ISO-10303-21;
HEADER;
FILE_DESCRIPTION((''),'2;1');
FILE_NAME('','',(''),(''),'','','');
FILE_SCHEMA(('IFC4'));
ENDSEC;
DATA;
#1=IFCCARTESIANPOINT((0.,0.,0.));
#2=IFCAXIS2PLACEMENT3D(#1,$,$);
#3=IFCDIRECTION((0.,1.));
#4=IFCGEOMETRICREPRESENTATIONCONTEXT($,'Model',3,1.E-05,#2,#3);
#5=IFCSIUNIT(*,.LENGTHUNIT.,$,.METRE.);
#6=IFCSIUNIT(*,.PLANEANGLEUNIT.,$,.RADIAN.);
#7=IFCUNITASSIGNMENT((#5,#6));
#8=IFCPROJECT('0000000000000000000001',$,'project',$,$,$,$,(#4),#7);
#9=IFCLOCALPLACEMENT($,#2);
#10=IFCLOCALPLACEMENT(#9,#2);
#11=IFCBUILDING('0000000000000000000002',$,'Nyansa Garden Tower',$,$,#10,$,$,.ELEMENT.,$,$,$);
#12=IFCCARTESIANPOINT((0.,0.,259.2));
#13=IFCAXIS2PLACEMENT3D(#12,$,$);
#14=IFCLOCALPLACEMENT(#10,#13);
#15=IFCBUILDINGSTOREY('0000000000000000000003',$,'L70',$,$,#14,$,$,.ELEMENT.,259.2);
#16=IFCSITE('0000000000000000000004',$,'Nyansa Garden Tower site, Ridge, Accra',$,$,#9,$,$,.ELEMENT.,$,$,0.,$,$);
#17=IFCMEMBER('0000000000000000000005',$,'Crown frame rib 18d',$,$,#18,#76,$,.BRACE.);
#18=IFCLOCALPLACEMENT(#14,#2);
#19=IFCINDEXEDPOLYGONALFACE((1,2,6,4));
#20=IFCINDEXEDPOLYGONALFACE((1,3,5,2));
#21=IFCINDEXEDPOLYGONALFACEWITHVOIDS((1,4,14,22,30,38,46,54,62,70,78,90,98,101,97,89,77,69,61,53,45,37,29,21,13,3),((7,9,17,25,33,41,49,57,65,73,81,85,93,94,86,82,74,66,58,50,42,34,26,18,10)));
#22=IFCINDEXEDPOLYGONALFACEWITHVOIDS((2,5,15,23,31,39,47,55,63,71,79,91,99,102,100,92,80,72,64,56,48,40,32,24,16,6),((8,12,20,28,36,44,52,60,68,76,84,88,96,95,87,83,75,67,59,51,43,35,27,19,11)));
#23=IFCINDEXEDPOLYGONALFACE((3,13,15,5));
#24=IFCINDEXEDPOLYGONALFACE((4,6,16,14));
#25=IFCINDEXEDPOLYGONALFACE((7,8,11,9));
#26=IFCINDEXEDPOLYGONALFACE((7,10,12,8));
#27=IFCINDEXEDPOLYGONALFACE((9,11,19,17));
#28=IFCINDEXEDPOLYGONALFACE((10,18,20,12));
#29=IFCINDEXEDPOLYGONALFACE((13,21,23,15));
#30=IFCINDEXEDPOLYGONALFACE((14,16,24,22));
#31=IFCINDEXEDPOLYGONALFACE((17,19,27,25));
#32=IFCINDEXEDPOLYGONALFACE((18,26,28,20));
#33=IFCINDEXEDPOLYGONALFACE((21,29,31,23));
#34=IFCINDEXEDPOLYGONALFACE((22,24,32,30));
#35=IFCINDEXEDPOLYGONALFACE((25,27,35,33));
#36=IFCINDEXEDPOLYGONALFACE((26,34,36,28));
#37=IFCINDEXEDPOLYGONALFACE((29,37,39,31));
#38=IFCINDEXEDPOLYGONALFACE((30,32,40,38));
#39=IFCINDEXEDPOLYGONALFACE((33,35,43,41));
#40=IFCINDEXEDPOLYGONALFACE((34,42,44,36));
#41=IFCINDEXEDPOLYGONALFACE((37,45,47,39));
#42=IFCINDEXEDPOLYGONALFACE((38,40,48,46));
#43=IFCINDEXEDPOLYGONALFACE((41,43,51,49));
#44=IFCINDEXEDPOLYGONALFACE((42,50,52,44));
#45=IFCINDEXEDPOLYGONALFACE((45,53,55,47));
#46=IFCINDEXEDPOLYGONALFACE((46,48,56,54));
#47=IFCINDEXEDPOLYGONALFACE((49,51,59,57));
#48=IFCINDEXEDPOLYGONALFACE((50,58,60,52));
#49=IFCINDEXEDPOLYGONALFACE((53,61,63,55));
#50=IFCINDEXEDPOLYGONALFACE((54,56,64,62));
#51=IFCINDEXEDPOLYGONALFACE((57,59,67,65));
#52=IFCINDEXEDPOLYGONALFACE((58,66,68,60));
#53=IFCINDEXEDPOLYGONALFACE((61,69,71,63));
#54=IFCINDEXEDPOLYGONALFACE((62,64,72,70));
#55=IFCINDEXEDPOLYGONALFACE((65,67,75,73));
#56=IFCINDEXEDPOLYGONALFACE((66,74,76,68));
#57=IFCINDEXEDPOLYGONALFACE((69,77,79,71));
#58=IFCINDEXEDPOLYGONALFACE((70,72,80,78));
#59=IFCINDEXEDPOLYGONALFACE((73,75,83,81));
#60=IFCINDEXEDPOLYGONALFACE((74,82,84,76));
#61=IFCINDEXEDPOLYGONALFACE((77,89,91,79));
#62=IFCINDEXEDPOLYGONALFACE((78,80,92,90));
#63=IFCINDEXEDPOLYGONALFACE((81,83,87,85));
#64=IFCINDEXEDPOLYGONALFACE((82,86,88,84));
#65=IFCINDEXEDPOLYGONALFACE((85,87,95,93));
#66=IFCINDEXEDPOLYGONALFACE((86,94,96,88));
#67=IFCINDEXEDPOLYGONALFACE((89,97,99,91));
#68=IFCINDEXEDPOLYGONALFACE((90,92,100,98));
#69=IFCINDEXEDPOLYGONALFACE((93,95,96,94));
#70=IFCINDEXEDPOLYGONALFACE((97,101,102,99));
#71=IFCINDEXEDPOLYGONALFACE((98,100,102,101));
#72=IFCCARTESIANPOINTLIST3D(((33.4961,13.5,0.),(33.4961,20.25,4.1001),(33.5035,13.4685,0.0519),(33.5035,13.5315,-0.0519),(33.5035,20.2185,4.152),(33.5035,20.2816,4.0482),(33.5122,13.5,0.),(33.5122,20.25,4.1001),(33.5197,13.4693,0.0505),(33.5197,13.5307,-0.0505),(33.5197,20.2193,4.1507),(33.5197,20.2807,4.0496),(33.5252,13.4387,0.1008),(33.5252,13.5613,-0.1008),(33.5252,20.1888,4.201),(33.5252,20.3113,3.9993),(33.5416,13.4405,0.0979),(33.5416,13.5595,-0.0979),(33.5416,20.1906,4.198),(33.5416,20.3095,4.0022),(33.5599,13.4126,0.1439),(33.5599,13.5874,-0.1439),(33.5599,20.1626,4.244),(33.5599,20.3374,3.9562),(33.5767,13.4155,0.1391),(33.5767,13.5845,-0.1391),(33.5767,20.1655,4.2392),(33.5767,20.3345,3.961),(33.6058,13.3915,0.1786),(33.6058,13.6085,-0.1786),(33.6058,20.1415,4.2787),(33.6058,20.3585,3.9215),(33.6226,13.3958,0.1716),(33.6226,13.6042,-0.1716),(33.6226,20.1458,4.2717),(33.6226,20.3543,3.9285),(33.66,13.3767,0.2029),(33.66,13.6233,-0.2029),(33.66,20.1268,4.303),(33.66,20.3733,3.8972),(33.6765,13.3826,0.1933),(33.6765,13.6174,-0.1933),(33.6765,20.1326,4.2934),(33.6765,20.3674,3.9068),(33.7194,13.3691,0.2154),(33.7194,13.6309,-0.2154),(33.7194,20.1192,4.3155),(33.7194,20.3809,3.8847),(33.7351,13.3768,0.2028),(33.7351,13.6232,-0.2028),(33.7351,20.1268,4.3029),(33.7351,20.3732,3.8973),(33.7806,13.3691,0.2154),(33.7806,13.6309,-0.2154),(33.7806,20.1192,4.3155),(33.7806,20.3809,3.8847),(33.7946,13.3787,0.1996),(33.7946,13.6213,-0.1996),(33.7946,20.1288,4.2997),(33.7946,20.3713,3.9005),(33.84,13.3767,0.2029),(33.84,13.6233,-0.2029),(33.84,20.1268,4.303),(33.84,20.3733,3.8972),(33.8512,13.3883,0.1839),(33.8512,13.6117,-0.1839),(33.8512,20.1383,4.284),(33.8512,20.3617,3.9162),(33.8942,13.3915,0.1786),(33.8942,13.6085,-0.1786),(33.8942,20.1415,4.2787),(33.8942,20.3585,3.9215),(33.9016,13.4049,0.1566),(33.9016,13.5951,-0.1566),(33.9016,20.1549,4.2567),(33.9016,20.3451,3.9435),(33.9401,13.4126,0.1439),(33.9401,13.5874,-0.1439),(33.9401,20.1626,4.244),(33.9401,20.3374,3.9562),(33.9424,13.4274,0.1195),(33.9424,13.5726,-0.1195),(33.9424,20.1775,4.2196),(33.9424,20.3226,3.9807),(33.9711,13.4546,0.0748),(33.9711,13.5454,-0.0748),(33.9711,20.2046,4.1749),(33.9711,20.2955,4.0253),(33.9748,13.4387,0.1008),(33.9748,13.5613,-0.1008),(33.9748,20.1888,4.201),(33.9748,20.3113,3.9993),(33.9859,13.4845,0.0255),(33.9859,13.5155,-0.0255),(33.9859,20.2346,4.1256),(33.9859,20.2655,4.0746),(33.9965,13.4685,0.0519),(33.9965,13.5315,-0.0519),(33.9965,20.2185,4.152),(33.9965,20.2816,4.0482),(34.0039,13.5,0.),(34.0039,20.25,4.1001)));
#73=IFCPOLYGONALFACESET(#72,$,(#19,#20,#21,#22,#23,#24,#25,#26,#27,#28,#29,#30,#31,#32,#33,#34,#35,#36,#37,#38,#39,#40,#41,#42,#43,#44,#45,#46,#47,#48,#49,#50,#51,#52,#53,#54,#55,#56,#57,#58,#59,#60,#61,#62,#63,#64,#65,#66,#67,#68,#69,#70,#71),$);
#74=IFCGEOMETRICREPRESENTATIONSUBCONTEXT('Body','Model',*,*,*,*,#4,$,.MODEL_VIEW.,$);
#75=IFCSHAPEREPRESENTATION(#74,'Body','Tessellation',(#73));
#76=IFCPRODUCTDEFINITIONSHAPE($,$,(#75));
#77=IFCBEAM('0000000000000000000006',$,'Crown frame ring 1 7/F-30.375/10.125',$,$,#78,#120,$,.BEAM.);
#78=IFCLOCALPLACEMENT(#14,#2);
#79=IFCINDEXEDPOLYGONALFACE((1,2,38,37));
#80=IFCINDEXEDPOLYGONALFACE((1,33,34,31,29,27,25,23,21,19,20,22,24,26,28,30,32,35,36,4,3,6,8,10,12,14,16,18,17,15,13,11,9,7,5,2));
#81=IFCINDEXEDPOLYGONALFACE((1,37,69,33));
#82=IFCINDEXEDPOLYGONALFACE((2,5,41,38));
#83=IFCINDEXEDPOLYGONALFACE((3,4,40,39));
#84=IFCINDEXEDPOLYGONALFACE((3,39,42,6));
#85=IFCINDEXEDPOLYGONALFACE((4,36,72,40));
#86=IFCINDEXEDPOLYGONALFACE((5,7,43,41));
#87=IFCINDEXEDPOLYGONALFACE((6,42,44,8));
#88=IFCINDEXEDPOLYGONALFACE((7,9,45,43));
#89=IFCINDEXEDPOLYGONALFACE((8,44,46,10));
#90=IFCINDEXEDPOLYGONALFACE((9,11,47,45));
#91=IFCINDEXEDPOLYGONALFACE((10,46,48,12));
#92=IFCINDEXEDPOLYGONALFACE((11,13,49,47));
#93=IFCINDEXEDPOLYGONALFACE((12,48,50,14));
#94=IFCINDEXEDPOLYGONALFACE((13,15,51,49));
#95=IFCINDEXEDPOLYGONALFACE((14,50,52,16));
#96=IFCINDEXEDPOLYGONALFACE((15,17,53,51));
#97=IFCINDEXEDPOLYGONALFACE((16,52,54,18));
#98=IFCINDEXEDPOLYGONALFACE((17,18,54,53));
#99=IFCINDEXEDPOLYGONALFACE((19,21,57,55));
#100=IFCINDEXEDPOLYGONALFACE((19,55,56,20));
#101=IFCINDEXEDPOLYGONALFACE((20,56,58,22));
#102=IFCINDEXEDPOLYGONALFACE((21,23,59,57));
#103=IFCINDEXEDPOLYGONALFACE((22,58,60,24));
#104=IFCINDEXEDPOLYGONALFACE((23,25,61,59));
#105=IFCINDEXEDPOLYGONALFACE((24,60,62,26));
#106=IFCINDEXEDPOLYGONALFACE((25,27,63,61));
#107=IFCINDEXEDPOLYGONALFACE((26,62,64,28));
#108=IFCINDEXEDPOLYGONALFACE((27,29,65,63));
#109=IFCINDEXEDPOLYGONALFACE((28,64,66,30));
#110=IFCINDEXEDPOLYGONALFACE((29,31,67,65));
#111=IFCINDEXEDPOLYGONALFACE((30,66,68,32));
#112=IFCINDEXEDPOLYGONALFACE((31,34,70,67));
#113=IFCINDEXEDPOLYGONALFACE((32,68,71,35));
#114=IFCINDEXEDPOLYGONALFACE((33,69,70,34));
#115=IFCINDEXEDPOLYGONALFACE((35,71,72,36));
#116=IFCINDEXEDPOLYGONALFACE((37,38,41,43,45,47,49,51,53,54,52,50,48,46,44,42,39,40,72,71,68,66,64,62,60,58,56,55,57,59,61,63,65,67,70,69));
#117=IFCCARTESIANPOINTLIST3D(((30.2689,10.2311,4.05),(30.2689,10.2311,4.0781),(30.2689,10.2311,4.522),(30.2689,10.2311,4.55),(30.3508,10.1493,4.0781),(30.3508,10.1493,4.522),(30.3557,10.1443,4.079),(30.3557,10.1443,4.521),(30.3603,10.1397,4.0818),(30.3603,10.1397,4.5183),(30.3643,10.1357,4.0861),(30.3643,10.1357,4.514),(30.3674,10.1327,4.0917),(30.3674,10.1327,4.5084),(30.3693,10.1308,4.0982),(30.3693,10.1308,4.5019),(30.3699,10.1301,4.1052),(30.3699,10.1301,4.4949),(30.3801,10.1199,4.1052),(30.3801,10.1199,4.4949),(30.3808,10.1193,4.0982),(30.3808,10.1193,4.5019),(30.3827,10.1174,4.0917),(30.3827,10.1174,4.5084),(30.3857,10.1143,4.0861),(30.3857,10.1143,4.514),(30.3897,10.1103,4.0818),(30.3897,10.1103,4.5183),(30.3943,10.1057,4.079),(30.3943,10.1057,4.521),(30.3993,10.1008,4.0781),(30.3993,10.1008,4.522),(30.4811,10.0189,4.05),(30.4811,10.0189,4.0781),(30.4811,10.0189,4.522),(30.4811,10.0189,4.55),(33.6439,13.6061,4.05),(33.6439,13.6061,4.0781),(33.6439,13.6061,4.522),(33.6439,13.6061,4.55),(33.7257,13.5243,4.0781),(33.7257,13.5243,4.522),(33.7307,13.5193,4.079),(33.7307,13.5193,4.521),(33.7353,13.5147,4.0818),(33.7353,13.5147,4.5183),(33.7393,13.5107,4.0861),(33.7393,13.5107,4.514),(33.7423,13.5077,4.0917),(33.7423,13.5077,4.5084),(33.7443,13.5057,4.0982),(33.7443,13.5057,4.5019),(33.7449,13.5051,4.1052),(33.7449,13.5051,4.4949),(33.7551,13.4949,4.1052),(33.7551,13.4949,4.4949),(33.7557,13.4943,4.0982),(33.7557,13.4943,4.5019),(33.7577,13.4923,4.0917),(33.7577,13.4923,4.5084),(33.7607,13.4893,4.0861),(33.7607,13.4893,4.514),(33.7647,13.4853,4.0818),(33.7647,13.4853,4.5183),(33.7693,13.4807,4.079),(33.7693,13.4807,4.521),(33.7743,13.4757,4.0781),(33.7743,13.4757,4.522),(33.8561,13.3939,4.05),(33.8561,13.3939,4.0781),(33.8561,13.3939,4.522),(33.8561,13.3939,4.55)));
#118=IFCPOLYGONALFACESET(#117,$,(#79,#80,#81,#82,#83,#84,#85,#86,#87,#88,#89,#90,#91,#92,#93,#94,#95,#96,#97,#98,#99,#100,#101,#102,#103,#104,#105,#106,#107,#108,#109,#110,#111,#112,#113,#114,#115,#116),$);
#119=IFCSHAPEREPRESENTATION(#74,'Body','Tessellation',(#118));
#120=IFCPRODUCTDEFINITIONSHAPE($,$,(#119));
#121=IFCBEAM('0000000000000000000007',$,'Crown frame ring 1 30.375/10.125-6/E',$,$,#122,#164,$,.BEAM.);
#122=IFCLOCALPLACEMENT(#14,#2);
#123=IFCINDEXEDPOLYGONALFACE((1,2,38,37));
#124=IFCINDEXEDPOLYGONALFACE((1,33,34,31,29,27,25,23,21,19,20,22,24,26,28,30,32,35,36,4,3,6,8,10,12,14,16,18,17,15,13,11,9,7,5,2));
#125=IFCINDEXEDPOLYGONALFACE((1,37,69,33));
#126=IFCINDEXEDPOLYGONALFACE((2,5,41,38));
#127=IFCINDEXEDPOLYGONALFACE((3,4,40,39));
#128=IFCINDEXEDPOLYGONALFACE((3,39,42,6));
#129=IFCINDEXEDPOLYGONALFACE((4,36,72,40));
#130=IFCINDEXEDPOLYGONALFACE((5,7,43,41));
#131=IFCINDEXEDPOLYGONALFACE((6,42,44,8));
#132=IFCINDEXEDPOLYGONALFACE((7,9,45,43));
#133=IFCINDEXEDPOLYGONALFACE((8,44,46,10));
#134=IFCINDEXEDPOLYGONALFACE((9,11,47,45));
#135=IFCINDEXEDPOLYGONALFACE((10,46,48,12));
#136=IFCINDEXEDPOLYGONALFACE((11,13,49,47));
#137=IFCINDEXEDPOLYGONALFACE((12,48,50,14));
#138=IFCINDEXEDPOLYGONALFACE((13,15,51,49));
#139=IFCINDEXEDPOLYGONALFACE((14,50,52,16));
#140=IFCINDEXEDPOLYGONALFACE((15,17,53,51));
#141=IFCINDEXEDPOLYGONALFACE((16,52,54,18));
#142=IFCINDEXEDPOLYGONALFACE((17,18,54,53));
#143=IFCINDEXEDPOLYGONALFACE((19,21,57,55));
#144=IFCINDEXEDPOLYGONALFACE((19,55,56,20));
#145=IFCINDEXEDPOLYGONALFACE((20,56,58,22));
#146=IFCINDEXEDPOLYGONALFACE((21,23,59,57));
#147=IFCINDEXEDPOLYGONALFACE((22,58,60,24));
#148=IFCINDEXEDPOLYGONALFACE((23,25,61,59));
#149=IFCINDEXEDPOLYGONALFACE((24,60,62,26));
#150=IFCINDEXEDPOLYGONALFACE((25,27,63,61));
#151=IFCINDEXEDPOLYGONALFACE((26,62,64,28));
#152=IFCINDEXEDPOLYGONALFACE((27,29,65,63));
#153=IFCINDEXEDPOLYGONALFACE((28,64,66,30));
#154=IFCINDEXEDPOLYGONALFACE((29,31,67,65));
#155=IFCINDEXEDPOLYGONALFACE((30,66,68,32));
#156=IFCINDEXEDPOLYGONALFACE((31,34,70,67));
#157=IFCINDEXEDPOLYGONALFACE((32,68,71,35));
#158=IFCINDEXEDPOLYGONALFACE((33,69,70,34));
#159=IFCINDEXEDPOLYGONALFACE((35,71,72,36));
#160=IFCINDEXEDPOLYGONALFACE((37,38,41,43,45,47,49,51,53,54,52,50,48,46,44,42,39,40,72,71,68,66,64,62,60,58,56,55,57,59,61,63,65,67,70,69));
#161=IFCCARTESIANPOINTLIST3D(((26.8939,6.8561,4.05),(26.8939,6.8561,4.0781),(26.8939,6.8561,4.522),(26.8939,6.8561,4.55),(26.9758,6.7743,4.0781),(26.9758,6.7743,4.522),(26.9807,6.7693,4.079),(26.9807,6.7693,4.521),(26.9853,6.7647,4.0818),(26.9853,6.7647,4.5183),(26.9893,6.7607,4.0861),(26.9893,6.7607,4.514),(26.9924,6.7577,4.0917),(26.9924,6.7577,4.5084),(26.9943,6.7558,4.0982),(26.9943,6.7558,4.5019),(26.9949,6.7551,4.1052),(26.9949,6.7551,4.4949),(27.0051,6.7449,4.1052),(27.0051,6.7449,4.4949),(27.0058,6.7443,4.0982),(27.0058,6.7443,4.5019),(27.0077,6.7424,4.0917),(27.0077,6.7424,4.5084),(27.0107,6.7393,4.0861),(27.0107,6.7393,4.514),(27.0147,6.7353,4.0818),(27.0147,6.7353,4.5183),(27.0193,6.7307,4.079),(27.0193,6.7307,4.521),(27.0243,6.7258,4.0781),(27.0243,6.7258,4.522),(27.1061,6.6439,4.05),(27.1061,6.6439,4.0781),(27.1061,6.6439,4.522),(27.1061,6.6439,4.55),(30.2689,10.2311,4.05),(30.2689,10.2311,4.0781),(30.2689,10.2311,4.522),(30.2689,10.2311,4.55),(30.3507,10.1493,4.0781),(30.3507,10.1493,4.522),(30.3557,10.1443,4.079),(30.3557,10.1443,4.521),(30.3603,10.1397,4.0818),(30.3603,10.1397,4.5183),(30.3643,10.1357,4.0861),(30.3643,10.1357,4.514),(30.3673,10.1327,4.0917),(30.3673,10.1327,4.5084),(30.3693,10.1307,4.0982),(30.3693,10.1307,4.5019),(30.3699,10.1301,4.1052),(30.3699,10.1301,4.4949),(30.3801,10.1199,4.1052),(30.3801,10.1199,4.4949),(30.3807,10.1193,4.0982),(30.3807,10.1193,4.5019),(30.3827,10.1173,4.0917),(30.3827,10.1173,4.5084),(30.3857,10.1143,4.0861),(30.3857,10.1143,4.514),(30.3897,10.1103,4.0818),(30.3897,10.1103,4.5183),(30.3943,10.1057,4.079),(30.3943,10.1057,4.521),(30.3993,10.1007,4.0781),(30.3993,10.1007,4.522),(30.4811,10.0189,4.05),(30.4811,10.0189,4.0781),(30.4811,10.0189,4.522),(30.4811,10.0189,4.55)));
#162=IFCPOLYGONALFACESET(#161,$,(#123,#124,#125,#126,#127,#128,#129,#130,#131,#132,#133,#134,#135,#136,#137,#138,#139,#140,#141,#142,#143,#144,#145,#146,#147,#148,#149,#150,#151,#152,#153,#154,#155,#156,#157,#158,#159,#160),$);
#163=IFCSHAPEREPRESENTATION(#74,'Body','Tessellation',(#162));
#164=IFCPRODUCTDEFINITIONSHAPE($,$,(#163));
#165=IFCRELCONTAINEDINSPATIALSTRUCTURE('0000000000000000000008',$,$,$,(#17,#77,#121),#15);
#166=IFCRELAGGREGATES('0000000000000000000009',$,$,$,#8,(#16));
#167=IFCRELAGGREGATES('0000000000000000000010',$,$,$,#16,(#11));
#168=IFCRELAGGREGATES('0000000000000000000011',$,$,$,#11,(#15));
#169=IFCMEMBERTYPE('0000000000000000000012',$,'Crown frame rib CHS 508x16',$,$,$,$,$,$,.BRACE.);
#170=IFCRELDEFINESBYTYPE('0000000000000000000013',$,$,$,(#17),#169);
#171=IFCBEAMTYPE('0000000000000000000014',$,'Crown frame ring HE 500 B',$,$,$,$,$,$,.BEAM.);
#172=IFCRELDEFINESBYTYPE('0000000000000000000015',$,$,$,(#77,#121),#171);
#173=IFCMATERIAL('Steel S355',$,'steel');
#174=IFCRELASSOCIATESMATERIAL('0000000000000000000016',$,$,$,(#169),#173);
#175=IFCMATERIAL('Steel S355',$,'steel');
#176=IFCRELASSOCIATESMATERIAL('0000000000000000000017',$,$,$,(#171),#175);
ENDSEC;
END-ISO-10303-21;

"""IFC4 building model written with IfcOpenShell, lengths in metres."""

from ifc_helpers import new_model, si_unit, direction, frame, origin, origin_2d, place, context, subcontext, project, spatial, hollow_circle, i_section, extrude, material, material_profile, profile_set, type_object, element, save


model = new_model("IFC4")

# Units and contexts
model_context = context("Model", 3, precision=1e-05, world=origin(), true_north=direction((0.0, 1.0)))
body_context = subcontext(model_context, "Body", "Model", "MODEL_VIEW")
ifc_project = project(units=[si_unit("LENGTHUNIT", "METRE"), si_unit("PLANEANGLEUNIT", "RADIAN")], contexts=[model_context])

# Site, building, storey
site_placement = place(None, origin())
site = spatial("IfcSite", under=ifc_project, at=site_placement, Name="Nyansa Garden Tower site, Ridge, Accra", CompositionType="ELEMENT", RefElevation=0.0)
building_placement = place(site_placement, origin())
building = spatial("IfcBuilding", under=site, at=building_placement, Name="Nyansa Garden Tower", CompositionType="ELEMENT")
storey_placement = place(building_placement, frame((0.0, 0.0, 259.2)))
storey = spatial("IfcBuildingStorey", under=building, at=storey_placement, Name="L70", CompositionType="ELEMENT", Elevation=259.2)

# Member
ifc_material_1 = material(Name="Steel S355", Category="steel")
ifc_material_profile_1 = material_profile(ifc_material_1, hollow_circle(Radius=0.2539, WallThickness=0.0161, at=origin_2d()), Name="CHS 508x16")
ifc_profile_set_1 = profile_set([ifc_material_profile_1], Name="Steel S355")
member_type_1 = type_object("IfcMemberType", Name="Crown frame rib CHS 508x16", PredefinedType="BRACE", material=ifc_profile_set_1)
member_1_placement = place(storey_placement, frame((33.75, 13.5, 0.0), z_axis=(0.0, 0.854682, 0.519152), x_axis=(-1.0, 0.0, 0.0)))
element("IfcMember", 1, at=member_1_placement, inside=storey, type_object=member_type_1, Name="Crown frame rib 18d", PredefinedType="BRACE", context=body_context, shape_type="SweptSolid", body=[
    extrude(hollow_circle(Radius=0.2539, WallThickness=0.0161, at=origin_2d()), origin(), (0.0, 0.0, 1.0), 7.8977),
])

# Beams
ifc_material_2 = material(Name="Steel S355", Category="steel")
ifc_material_profile_2 = material_profile(ifc_material_2, i_section(OverallWidth=0.3, OverallDepth=0.5, WebThickness=0.0144, FlangeThickness=0.0281, FilletRadius=0.0271, at=origin_2d()), Name="HE 500 B")
ifc_profile_set_2 = profile_set([ifc_material_profile_2], Name="Steel S355")
beam_type_1 = type_object("IfcBeamType", Name="Crown frame ring HE 500 B", PredefinedType="BEAM", material=ifc_profile_set_2)
for number, where, z_axis, x_axis, name in (
    (2, (33.75, 13.5, 4.3), (-0.707107, -0.707107, 0.0), (0.707107, -0.707107, 0.0), "Crown frame ring 1 7/F-30.375/10.125"),
    (3, (30.375, 10.125, 4.3), (-0.707107, -0.707107, 0.0), (0.707107, -0.707107, 0.0), "Crown frame ring 1 30.375/10.125-6/E"),
):
    element("IfcBeam", number, at=place(storey_placement, frame(where, z_axis=z_axis, x_axis=x_axis)), inside=storey, type_object=beam_type_1, Name=name, PredefinedType="BEAM", context=body_context, shape_type="SweptSolid", body=[
        extrude(i_section(OverallWidth=0.3, OverallDepth=0.5, WebThickness=0.0144, FlangeThickness=0.0281, FilletRadius=0.0271, at=origin_2d()), origin(), (0.0, 0.0, 1.0), 4.7729),
    ])

save(model, "model.ifc")
